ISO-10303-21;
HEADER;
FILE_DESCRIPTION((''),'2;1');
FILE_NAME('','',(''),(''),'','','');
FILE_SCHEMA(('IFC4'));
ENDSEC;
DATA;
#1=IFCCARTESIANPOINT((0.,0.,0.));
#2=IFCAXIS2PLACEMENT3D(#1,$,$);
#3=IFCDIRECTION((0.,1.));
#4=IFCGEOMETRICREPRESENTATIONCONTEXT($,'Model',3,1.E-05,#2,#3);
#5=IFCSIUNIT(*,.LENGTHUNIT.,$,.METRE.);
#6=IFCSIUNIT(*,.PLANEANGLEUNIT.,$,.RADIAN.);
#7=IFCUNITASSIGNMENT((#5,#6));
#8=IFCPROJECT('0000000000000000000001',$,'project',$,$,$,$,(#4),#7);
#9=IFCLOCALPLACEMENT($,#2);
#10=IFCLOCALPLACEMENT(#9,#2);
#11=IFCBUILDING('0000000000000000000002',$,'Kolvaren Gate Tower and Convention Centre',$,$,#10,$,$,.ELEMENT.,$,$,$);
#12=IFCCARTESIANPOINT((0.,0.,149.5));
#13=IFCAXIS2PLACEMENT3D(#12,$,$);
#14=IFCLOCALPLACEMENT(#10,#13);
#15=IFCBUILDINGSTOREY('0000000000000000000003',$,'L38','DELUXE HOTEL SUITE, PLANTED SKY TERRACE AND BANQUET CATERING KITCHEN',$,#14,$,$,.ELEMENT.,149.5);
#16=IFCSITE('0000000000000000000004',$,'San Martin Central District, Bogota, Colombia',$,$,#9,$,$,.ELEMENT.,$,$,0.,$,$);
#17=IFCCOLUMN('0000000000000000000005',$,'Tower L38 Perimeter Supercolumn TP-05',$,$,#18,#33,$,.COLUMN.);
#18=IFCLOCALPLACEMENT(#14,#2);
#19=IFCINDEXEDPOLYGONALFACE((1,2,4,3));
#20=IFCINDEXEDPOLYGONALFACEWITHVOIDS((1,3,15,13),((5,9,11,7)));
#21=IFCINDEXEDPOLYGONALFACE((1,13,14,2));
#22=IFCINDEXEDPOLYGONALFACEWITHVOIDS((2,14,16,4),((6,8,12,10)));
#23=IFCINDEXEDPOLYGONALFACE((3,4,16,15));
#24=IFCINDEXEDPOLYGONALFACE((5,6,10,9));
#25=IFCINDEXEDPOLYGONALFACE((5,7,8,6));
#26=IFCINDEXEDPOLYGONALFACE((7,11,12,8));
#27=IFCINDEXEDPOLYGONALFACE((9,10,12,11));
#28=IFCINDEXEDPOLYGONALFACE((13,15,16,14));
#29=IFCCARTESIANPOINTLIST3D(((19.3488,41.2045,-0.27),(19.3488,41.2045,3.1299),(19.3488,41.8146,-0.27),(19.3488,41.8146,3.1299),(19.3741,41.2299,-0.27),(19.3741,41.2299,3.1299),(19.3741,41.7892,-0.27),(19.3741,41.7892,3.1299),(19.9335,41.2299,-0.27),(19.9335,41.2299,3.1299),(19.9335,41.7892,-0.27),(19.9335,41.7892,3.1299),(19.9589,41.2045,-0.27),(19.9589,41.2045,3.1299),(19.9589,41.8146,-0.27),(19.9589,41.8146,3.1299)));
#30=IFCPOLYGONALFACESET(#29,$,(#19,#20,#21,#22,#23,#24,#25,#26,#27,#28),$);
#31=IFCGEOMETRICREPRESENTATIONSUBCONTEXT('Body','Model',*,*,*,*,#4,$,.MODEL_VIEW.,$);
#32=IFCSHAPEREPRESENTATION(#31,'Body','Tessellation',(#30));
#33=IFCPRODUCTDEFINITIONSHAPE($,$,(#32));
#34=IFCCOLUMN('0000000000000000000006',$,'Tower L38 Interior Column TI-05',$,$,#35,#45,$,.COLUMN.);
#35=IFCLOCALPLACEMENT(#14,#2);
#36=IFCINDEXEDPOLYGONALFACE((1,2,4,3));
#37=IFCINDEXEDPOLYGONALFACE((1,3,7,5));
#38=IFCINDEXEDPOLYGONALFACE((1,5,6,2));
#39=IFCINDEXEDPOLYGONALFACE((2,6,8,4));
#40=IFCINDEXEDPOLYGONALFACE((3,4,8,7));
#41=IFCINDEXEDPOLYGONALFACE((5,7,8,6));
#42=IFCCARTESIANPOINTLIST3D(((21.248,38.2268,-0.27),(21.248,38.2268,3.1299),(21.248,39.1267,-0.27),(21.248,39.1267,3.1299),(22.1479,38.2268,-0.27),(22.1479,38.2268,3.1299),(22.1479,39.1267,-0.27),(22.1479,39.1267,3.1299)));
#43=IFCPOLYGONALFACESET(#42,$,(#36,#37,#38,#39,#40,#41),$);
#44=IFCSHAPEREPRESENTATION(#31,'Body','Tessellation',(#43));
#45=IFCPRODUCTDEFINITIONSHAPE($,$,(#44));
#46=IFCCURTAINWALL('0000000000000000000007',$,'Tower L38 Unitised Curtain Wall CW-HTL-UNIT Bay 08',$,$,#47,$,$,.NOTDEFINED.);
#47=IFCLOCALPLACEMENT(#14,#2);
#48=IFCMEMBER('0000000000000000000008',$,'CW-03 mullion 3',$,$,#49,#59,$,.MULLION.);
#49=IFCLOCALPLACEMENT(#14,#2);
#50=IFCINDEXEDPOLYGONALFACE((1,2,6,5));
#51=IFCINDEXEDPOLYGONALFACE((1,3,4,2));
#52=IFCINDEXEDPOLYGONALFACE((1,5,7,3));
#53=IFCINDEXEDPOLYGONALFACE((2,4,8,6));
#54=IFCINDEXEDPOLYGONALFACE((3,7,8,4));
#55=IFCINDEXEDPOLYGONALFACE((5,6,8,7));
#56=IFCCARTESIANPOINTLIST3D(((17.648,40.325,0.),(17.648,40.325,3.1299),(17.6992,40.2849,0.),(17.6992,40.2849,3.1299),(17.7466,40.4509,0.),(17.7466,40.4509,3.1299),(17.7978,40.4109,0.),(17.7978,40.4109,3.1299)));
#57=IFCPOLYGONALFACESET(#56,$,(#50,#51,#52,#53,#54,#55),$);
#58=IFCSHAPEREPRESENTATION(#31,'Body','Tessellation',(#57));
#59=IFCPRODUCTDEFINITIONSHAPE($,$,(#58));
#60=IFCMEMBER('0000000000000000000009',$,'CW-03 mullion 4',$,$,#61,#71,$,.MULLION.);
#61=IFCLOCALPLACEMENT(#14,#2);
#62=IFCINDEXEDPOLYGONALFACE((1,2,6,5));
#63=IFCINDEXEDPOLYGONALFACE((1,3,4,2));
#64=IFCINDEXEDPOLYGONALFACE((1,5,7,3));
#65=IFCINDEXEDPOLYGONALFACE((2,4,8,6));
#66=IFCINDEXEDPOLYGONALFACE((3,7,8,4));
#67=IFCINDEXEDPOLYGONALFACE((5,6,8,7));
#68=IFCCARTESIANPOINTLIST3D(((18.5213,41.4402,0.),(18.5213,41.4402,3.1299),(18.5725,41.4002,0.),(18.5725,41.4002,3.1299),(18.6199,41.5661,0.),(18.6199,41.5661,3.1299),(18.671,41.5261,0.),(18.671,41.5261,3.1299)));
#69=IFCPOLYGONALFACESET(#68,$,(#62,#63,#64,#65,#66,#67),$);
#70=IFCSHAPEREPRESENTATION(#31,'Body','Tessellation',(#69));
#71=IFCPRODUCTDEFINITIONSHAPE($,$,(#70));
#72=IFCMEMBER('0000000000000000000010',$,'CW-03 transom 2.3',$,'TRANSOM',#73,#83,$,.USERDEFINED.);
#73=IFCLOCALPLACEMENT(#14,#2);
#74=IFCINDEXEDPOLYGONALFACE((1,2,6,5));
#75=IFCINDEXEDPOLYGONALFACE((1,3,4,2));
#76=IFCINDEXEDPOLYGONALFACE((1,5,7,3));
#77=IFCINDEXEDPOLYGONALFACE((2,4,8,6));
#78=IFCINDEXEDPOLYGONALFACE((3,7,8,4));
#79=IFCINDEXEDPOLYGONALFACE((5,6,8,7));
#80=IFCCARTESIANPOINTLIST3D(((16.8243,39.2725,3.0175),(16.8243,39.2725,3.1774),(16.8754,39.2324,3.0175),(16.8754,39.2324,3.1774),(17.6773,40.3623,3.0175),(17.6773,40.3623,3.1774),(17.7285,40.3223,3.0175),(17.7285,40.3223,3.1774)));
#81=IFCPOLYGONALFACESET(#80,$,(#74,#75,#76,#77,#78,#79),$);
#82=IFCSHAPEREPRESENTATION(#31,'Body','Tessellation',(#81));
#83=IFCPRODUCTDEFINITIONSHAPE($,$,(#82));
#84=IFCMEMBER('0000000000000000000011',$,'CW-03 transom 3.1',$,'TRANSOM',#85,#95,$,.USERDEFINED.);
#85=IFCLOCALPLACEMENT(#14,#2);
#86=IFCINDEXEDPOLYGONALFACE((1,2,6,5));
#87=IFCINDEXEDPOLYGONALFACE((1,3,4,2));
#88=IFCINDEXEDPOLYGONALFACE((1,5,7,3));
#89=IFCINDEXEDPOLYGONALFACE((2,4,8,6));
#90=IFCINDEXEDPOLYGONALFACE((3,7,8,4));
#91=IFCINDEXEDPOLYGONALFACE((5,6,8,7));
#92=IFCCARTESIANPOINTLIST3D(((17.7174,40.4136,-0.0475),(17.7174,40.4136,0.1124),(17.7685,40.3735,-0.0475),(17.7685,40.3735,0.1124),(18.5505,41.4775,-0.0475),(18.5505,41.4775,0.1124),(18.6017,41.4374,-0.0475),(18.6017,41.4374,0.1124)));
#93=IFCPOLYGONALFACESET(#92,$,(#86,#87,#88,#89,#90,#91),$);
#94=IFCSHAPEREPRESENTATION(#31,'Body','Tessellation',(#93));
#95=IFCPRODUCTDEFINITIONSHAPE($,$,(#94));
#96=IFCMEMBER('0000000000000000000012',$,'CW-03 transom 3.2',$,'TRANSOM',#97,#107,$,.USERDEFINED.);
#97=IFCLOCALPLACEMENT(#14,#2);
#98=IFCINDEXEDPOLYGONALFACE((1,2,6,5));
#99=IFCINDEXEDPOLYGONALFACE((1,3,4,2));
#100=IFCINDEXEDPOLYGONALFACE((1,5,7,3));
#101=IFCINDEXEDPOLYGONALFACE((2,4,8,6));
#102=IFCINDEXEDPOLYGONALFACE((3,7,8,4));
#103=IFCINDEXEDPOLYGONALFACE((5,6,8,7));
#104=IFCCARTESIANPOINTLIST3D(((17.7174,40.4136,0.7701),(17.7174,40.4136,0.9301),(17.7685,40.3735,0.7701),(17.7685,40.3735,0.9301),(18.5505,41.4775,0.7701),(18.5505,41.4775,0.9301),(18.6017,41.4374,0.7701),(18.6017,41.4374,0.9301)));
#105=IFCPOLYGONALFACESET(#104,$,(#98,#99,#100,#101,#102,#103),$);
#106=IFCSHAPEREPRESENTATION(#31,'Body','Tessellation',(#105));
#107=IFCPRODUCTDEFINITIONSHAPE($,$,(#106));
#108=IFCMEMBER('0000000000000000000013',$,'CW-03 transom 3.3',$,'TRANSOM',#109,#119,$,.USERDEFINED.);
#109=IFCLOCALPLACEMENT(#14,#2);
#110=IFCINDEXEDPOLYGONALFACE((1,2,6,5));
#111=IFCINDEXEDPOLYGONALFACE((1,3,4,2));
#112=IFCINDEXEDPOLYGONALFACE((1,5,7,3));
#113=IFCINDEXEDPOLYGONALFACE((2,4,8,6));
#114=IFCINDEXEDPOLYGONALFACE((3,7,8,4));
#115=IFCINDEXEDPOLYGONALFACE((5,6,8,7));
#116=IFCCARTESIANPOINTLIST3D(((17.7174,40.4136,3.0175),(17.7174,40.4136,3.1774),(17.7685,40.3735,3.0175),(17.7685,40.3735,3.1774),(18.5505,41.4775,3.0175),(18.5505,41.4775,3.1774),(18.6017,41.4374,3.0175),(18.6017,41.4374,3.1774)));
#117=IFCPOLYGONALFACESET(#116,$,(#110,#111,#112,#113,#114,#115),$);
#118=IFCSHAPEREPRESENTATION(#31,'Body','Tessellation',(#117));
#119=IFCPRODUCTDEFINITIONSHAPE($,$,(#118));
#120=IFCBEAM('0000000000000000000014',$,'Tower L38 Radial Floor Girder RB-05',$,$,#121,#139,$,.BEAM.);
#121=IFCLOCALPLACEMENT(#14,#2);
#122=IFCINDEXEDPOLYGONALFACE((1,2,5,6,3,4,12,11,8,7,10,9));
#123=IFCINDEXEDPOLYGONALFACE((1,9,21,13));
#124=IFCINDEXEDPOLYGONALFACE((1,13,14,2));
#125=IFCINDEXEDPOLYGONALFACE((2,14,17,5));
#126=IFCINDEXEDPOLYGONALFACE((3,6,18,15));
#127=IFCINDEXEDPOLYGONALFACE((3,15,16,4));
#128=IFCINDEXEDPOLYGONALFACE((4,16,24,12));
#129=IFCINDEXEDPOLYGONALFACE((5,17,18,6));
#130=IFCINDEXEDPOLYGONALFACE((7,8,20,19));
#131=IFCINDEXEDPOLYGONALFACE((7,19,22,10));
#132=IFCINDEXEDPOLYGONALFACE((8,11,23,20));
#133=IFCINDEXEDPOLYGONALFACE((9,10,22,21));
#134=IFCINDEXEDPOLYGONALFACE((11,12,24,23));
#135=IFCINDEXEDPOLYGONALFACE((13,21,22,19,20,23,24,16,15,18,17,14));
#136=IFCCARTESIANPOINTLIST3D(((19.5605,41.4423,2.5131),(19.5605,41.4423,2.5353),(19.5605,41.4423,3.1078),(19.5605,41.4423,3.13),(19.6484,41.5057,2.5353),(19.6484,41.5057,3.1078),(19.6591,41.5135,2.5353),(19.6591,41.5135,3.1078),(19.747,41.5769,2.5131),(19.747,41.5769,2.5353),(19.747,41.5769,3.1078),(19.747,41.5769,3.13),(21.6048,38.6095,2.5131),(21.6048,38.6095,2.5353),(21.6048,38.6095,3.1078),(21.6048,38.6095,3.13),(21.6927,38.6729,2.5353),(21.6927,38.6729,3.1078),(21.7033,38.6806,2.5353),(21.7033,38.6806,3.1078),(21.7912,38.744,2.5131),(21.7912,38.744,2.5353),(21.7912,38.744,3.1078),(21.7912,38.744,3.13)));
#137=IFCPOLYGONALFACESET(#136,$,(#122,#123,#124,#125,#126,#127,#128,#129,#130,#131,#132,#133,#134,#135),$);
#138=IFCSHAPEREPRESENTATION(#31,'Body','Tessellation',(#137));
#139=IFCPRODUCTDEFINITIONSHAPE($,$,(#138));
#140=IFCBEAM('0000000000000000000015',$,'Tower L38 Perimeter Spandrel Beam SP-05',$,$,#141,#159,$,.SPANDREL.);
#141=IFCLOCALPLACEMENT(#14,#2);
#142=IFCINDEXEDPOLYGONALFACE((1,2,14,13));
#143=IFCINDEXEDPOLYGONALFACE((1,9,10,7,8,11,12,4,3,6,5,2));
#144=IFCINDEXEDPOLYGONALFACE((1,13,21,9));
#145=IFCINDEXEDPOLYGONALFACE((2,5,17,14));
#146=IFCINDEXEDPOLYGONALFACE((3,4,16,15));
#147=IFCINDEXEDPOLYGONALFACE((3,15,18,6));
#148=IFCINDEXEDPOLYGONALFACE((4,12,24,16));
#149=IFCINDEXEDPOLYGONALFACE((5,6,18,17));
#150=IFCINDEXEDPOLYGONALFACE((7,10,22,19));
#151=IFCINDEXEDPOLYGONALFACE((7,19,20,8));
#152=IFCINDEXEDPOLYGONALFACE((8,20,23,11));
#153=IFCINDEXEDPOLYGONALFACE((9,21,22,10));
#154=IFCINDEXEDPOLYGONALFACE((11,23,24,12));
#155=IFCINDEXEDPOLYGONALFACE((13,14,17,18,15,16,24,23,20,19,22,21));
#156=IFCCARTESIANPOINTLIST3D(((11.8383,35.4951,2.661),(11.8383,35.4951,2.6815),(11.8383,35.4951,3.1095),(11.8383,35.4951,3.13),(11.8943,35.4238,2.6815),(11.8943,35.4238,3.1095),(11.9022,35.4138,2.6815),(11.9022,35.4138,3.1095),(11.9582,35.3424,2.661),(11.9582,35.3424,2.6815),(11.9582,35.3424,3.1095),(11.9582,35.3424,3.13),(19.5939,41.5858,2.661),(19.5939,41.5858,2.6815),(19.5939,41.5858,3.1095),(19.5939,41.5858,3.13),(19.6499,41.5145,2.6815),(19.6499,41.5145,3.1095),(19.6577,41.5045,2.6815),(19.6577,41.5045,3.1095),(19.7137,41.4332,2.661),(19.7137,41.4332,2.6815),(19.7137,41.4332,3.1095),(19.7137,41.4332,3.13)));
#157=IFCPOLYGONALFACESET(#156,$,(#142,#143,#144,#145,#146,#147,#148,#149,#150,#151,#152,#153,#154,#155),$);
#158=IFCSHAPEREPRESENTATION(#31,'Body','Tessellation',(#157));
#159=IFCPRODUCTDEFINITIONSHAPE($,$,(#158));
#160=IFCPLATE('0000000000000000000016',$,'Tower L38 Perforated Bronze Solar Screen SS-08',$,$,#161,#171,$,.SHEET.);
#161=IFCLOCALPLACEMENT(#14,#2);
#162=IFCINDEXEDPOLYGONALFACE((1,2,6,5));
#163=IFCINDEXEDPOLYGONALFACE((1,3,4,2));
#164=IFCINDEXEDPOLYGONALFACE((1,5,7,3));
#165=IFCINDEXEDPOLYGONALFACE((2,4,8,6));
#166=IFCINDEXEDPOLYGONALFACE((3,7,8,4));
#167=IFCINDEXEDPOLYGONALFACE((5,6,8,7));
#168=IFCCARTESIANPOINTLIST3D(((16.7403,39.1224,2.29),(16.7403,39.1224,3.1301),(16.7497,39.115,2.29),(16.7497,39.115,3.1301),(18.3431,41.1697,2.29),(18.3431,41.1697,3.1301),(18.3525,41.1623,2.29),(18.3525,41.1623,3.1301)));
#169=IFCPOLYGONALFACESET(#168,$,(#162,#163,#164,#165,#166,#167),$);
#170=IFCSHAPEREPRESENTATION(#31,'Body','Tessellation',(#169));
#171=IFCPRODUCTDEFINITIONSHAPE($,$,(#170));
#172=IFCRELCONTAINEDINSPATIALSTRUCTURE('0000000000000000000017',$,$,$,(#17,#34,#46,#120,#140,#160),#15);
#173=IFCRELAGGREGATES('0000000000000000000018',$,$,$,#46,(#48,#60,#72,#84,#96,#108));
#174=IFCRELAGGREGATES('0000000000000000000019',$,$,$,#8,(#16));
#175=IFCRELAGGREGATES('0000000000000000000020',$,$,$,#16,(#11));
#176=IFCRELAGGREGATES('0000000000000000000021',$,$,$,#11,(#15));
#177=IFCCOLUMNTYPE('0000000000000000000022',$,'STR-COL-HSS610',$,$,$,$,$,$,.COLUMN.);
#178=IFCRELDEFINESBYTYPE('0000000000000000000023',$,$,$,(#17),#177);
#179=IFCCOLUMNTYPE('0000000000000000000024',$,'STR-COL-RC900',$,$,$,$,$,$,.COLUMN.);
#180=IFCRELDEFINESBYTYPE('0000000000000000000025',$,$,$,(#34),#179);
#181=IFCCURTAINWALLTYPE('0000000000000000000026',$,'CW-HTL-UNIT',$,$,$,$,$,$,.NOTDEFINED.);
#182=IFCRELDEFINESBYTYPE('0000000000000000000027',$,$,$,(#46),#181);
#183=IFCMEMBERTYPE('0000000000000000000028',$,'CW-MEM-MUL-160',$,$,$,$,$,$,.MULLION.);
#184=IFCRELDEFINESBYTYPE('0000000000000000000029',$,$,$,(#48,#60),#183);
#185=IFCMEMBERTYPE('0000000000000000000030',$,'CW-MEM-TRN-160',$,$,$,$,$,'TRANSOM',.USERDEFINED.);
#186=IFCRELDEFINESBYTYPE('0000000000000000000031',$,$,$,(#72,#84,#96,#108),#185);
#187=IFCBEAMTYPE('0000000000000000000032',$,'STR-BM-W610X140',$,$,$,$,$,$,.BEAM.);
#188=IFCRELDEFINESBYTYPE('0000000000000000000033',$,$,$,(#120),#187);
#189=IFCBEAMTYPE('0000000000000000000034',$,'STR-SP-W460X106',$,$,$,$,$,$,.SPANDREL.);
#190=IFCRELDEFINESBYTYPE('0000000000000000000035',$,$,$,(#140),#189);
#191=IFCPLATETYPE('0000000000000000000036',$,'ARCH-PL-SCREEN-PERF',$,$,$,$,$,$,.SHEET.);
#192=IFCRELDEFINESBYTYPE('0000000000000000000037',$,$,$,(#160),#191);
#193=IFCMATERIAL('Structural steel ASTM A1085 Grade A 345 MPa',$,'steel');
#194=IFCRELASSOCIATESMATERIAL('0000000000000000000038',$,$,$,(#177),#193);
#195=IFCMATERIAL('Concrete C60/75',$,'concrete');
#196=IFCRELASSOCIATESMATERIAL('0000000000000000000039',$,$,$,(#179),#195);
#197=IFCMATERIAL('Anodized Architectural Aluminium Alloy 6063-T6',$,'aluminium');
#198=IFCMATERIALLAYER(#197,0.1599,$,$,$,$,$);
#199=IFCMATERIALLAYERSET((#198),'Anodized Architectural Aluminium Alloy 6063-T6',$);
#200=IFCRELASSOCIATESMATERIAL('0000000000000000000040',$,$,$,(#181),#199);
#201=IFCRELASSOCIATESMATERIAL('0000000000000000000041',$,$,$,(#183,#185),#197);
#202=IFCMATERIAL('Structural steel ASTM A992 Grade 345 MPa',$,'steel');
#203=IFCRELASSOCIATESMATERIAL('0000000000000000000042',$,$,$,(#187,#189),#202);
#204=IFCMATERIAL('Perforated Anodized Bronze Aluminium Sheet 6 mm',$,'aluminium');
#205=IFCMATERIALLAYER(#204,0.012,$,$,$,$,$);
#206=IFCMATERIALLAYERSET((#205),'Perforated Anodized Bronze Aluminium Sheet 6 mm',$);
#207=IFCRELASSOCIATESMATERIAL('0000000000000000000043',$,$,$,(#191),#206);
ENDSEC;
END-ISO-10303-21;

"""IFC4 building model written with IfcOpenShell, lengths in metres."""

from ifc_helpers import new_model, si_unit, direction, frame, origin, origin_2d, place, context, subcontext, project, spatial, rectangle, hollow_rectangle, i_section, extrude, material, layer, layer_set, material_profile, profile_set, type_object, element, aggregate, save


model = new_model("IFC4")

# Units and contexts
model_context = context("Model", 3, precision=1e-05, world=origin(), true_north=direction((0.0, 1.0)))
body_context = subcontext(model_context, "Body", "Model", "MODEL_VIEW")
ifc_project = project(units=[si_unit("LENGTHUNIT", "METRE"), si_unit("PLANEANGLEUNIT", "RADIAN")], contexts=[model_context])

# Site, building, storey
site_placement = place(None, origin())
site = spatial("IfcSite", under=ifc_project, at=site_placement, Name="San Martin Central District, Bogota, Colombia", CompositionType="ELEMENT", RefElevation=0.0)
building_placement = place(site_placement, origin())
building = spatial("IfcBuilding", under=site, at=building_placement, Name="Kolvaren Gate Tower and Convention Centre", CompositionType="ELEMENT")
storey_placement = place(building_placement, frame((0.0, 0.0, 149.5)))
storey = spatial("IfcBuildingStorey", under=building, at=storey_placement, Name="L38", Description="DELUXE HOTEL SUITE, PLANTED SKY TERRACE AND BANQUET CATERING KITCHEN", CompositionType="ELEMENT", Elevation=149.5)

# Columns
ifc_material_1 = material(Name="Structural steel ASTM A1085 Grade A 345 MPa", Category="steel")
ifc_material_profile_1 = material_profile(ifc_material_1, hollow_rectangle(XDim=0.6101, YDim=0.6101, WallThickness=0.0254, at=origin_2d()), Name="HSS610X610X25.4")
ifc_profile_set_1 = profile_set([ifc_material_profile_1], Name="Structural steel ASTM A1085 Grade A 345 MPa")
column_type_1 = type_object("IfcColumnType", Name="STR-COL-HSS610", PredefinedType="COLUMN", material=ifc_profile_set_1)
column_1_placement = place(storey_placement, frame((19.6538, 41.5095, -0.27), z_axis=(0.0, 0.0, 1.0), x_axis=(1.0, 0.0, 0.0)))
element("IfcColumn", 1, at=column_1_placement, inside=storey, type_object=column_type_1, Name="Tower L38 Perimeter Supercolumn TP-05", PredefinedType="COLUMN", context=body_context, shape_type="SweptSolid", body=[
    extrude(hollow_rectangle(XDim=0.6101, YDim=0.6101, WallThickness=0.0254, at=origin_2d()), origin(), (0.0, 0.0, 1.0), 3.3999),
])
ifc_material_2 = material(Name="Concrete C60/75", Category="concrete")
ifc_material_profile_2 = material_profile(ifc_material_2, rectangle(XDim=0.8999, YDim=0.8999, at=origin_2d()), Name="RC-COL-900X900")
ifc_profile_set_2 = profile_set([ifc_material_profile_2], Name="Concrete C60/75")
column_type_2 = type_object("IfcColumnType", Name="STR-COL-RC900", PredefinedType="COLUMN", material=ifc_profile_set_2)
column_2_placement = place(storey_placement, frame((21.698, 38.6768, -0.27), z_axis=(0.0, 0.0, 1.0), x_axis=(1.0, 0.0, 0.0)))
element("IfcColumn", 2, at=column_2_placement, inside=storey, type_object=column_type_2, Name="Tower L38 Interior Column TI-05", PredefinedType="COLUMN", context=body_context, shape_type="SweptSolid", body=[
    extrude(rectangle(XDim=0.8999, YDim=0.8999, at=origin_2d()), origin(), (0.0, 0.0, 1.0), 3.3999),
])

# Curtain wall, members
ifc_material_3 = material(Name="Anodized Architectural Aluminium Alloy 6063-T6", Category="aluminium")
ifc_layer_1 = layer(ifc_material_3, 0.1599)
ifc_layer_set_1 = layer_set([ifc_layer_1], Name="Anodized Architectural Aluminium Alloy 6063-T6")
curtain_wall_type = type_object("IfcCurtainWallType", Name="CW-HTL-UNIT", PredefinedType="NOTDEFINED", material=ifc_layer_set_1)
curtain_wall_placement = place(storey_placement, origin())
curtain_wall = element("IfcCurtainWall", 3, at=curtain_wall_placement, inside=storey, type_object=curtain_wall_type, Name="Tower L38 Unitised Curtain Wall CW-HTL-UNIT Bay 08", PredefinedType="NOTDEFINED")
ifc_material_profile_3 = material_profile(ifc_material_3, rectangle(XDim=0.0649, YDim=0.1599, at=origin_2d()), Name="CW-MEM-MUL-160")
ifc_profile_set_3 = profile_set([ifc_material_profile_3], Name="Anodized Architectural Aluminium Alloy 6063-T6")
member_type_1 = type_object("IfcMemberType", Name="CW-MEM-MUL-160", PredefinedType="MULLION", material=ifc_profile_set_3)
member_1_placement = place(storey_placement, frame((17.7229, 40.3679, 0.0), z_axis=(0.0, 0.0, 1.0), x_axis=(-0.787395, 0.616449, 0.0)))
member_1 = element("IfcMember", 4, at=member_1_placement, type_object=member_type_1, Name="CW-03 mullion 3", PredefinedType="MULLION", context=body_context, shape_type="SweptSolid", body=[
    extrude(rectangle(XDim=0.0649, YDim=0.1599, at=origin_2d()), origin(), (0.0, 0.0, 1.0), 3.1299),
])
member_2_placement = place(storey_placement, frame((18.5962, 41.4832, 0.0), z_axis=(0.0, 0.0, 1.0), x_axis=(-0.787395, 0.616449, 0.0)))
member_2 = element("IfcMember", 5, at=member_2_placement, type_object=member_type_1, Name="CW-03 mullion 4", PredefinedType="MULLION", context=body_context, shape_type="SweptSolid", body=[
    extrude(rectangle(XDim=0.0649, YDim=0.1599, at=origin_2d()), origin(), (0.0, 0.0, 1.0), 3.1299),
])
ifc_material_profile_4 = material_profile(ifc_material_3, rectangle(XDim=0.0649, YDim=0.1599, at=origin_2d()), Name="CW-MEM-TRN-160")
ifc_profile_set_4 = profile_set([ifc_material_profile_4], Name="Anodized Architectural Aluminium Alloy 6063-T6")
member_type_2 = type_object("IfcMemberType", Name="CW-MEM-TRN-160", ElementType="TRANSOM", PredefinedType="USERDEFINED", material=ifc_profile_set_4)
member_3_placement = place(storey_placement, frame((16.8499, 39.2524, 3.0974), z_axis=(0.616356, 0.787468, 0.0), x_axis=(-0.787468, 0.616356, 0.0)))
member_3 = element("IfcMember", 6, at=member_3_placement, type_object=member_type_2, Name="CW-03 transom 2.3", ObjectType="TRANSOM", PredefinedType="USERDEFINED", context=body_context, shape_type="SweptSolid", body=[
    extrude(rectangle(XDim=0.0649, YDim=0.1599, at=origin_2d()), origin(), (0.0, 0.0, 1.0), 1.384),
])
member_4_placement = place(storey_placement, frame((17.7429, 40.3936, 0.0325), z_axis=(0.616576, 0.787295, 0.0), x_axis=(-0.787295, 0.616576, 0.0)))
member_4 = element("IfcMember", 7, at=member_4_placement, type_object=member_type_2, Name="CW-03 transom 3.1", ObjectType="TRANSOM", PredefinedType="USERDEFINED", context=body_context, shape_type="SweptSolid", body=[
    extrude(rectangle(XDim=0.0649, YDim=0.1599, at=origin_2d()), origin(), (0.0, 0.0, 1.0), 1.3513),
])
member_5_placement = place(storey_placement, frame((17.7429, 40.3936, 0.8501), z_axis=(0.616576, 0.787295, 0.0), x_axis=(-0.787295, 0.616576, 0.0)))
member_5 = element("IfcMember", 8, at=member_5_placement, type_object=member_type_2, Name="CW-03 transom 3.2", ObjectType="TRANSOM", PredefinedType="USERDEFINED", context=body_context, shape_type="SweptSolid", body=[
    extrude(rectangle(XDim=0.0649, YDim=0.1599, at=origin_2d()), origin(), (0.0, 0.0, 1.0), 1.3513),
])
member_6_placement = place(storey_placement, frame((17.7429, 40.3936, 3.0974), z_axis=(0.616576, 0.787295, 0.0), x_axis=(-0.787295, 0.616576, 0.0)))
member_6 = element("IfcMember", 9, at=member_6_placement, type_object=member_type_2, Name="CW-03 transom 3.3", ObjectType="TRANSOM", PredefinedType="USERDEFINED", context=body_context, shape_type="SweptSolid", body=[
    extrude(rectangle(XDim=0.0649, YDim=0.1599, at=origin_2d()), origin(), (0.0, 0.0, 1.0), 1.3513),
])

# Beams
ifc_material_4 = material(Name="Structural steel ASTM A992 Grade 345 MPa", Category="steel")
ifc_material_profile_5 = material_profile(ifc_material_4, i_section(OverallWidth=0.23, OverallDepth=0.6169, WebThickness=0.0132, FlangeThickness=0.0222, at=origin_2d()), Name="W610X140")
ifc_profile_set_5 = profile_set([ifc_material_profile_5], Name="Structural steel ASTM A992 Grade 345 MPa")
beam_type_1 = type_object("IfcBeamType", Name="STR-BM-W610X140", PredefinedType="BEAM", material=ifc_profile_set_5)
beam_1_placement = place(storey_placement, frame((21.698, 38.6768, 2.8215), z_axis=(-0.585172, 0.81091, 0.0), x_axis=(-0.81091, -0.585172, 0.0)))
element("IfcBeam", 10, at=beam_1_placement, inside=storey, type_object=beam_type_1, Name="Tower L38 Radial Floor Girder RB-05", PredefinedType="BEAM", context=body_context, shape_type="SweptSolid", body=[
    extrude(i_section(OverallWidth=0.23, OverallDepth=0.6169, WebThickness=0.0132, FlangeThickness=0.0222, at=origin_2d()), origin(), (0.0, 0.0, 1.0), 3.4934),
])
ifc_material_profile_6 = material_profile(ifc_material_4, i_section(OverallWidth=0.1941, OverallDepth=0.469, WebThickness=0.0127, FlangeThickness=0.0205, at=origin_2d()), Name="W460X106")
ifc_profile_set_6 = profile_set([ifc_material_profile_6], Name="Structural steel ASTM A992 Grade 345 MPa")
beam_type_2 = type_object("IfcBeamType", Name="STR-SP-W460X106", PredefinedType="SPANDREL", material=ifc_profile_set_6)
beam_2_placement = place(storey_placement, frame((19.6538, 41.5095, 2.8955), z_axis=(-0.78646, -0.617641, 0.0), x_axis=(0.617641, -0.78646, 0.0)))
element("IfcBeam", 11, at=beam_2_placement, inside=storey, type_object=beam_type_2, Name="Tower L38 Perimeter Spandrel Beam SP-05", PredefinedType="SPANDREL", context=body_context, shape_type="SweptSolid", body=[
    extrude(i_section(OverallWidth=0.1941, OverallDepth=0.469, WebThickness=0.0127, FlangeThickness=0.0205, at=origin_2d()), origin(), (0.0, 0.0, 1.0), 9.8613),
])

# Plate
ifc_material_5 = material(Name="Perforated Anodized Bronze Aluminium Sheet 6 mm", Category="aluminium")
ifc_layer_2 = layer(ifc_material_5, 0.012)
ifc_layer_set_2 = layer_set([ifc_layer_2], Name="Perforated Anodized Bronze Aluminium Sheet 6 mm")
plate_type_1 = type_object("IfcPlateType", Name="ARCH-PL-SCREEN-PERF", PredefinedType="SHEET", material=ifc_layer_set_2)
plate_1_placement = place(storey_placement, frame((17.5464, 40.1423, 2.29), z_axis=(0.0, 0.0, 1.0), x_axis=(0.616446, 0.787397, 0.0)))
element("IfcPlate", 12, at=plate_1_placement, inside=storey, type_object=plate_type_1, Name="Tower L38 Perforated Bronze Solar Screen SS-08", PredefinedType="SHEET", context=body_context, shape_type="SweptSolid", body=[
    extrude(rectangle(XDim=2.6001, YDim=0.012, at=origin_2d()), origin(), (0.0, 0.0, 1.0), 0.8401),
])
aggregate(curtain_wall, [member_1, member_2, member_3, member_4, member_5, member_6])

save(model, "model.ifc")
